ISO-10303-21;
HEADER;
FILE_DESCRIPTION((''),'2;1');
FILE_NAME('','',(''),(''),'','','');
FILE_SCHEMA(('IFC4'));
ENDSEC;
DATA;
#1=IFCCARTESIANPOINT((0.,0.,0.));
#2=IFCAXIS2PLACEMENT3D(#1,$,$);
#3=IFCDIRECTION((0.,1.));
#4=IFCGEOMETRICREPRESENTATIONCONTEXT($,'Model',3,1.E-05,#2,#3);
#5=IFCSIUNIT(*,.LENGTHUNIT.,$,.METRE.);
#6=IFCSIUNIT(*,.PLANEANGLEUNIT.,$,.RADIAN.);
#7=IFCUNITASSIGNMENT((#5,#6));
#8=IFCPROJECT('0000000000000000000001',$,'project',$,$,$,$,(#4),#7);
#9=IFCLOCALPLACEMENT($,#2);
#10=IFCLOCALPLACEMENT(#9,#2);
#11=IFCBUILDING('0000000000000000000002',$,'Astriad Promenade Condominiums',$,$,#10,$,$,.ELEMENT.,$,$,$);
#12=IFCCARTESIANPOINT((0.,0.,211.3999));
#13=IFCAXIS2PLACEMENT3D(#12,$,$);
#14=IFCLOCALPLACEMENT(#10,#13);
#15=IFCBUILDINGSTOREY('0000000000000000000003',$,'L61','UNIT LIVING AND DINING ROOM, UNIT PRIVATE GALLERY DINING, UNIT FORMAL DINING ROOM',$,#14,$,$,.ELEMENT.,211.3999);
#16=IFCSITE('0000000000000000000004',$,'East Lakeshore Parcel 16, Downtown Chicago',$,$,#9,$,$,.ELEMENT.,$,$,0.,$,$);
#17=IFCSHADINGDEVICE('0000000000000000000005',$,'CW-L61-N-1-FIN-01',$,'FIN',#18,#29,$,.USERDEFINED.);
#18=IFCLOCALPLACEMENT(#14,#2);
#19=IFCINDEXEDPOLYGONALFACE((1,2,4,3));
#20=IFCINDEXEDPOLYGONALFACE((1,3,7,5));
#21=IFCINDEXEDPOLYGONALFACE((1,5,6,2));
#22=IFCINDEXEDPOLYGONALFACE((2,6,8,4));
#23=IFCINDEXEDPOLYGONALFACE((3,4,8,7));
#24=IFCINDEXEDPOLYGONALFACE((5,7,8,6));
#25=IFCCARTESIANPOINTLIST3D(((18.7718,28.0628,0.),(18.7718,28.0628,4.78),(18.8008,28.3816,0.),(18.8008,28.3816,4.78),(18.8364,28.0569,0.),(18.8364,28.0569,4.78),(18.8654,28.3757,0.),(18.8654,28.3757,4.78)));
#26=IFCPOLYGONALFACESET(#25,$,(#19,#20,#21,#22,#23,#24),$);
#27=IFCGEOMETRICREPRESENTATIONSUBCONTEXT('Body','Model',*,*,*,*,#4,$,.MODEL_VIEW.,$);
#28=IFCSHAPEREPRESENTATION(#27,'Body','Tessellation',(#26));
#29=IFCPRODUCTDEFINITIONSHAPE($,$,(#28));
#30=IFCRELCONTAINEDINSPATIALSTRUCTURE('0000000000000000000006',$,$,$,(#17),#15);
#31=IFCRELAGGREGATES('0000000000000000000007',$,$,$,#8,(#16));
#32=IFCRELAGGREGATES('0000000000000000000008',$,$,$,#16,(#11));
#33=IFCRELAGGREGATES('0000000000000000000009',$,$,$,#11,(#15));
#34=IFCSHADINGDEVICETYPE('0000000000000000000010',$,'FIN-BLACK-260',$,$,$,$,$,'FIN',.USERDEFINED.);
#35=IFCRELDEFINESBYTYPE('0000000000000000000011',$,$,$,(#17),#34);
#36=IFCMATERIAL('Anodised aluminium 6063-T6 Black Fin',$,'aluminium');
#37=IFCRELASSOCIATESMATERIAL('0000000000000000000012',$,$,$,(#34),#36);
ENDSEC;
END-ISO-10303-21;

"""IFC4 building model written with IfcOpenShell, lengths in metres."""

from ifc_helpers import new_model, si_unit, direction, frame, origin, origin_2d, place, context, subcontext, project, spatial, rectangle, extrude, source, transform, mapped, material, type_object, type_shapes, element, save


model = new_model("IFC4")

# Units and contexts
model_context = context("Model", 3, precision=1e-05, world=origin(), true_north=direction((0.0, 1.0)))
body_context = subcontext(model_context, "Body", "Model", "MODEL_VIEW")
ifc_project = project(units=[si_unit("LENGTHUNIT", "METRE"), si_unit("PLANEANGLEUNIT", "RADIAN")], contexts=[model_context])

# Site, building, storey
site_placement = place(None, origin())
site = spatial("IfcSite", under=ifc_project, at=site_placement, Name="East Lakeshore Parcel 16, Downtown Chicago", CompositionType="ELEMENT", RefElevation=0.0)
building_placement = place(site_placement, origin())
building = spatial("IfcBuilding", under=site, at=building_placement, Name="Astriad Promenade Condominiums", CompositionType="ELEMENT")
storey_placement = place(building_placement, frame((0.0, 0.0, 211.3999)))
storey = spatial("IfcBuildingStorey", under=building, at=storey_placement, Name="L61", Description="UNIT LIVING AND DINING ROOM, UNIT PRIVATE GALLERY DINING, UNIT FORMAL DINING ROOM", CompositionType="ELEMENT", Elevation=211.3999)

# Shading device
ifc_material_1 = material(Name="Anodised aluminium 6063-T6 Black Fin", Category="aluminium")
shading_device_type = type_object("IfcShadingDeviceType", Name="FIN-BLACK-260", ElementType="FIN", PredefinedType="USERDEFINED", material=ifc_material_1)
shared_shape_1 = source(origin(), body_context, "Body", "SweptSolid", [
    extrude(rectangle(XDim=0.0649, YDim=0.3201, at=origin_2d()), origin(), (0.0, 0.0, 1.0), 4.78),
])
type_shapes(shading_device_type, [shared_shape_1])
shading_device_placement = place(storey_placement, frame((18.8186, 28.2192, 0.0), z_axis=(0.0, 0.0, 1.0), x_axis=(0.995884, -0.090633, 0.0)))
element("IfcShadingDevice", 1, at=shading_device_placement, inside=storey, type_object=shading_device_type, Name="CW-L61-N-1-FIN-01", ObjectType="FIN", PredefinedType="USERDEFINED", context=body_context, shape_type="MappedRepresentation", body=[
    mapped(shared_shape_1, transform((0.0, 0.0, 0.0), scale=1.0)),
])

save(model, "model.ifc")
